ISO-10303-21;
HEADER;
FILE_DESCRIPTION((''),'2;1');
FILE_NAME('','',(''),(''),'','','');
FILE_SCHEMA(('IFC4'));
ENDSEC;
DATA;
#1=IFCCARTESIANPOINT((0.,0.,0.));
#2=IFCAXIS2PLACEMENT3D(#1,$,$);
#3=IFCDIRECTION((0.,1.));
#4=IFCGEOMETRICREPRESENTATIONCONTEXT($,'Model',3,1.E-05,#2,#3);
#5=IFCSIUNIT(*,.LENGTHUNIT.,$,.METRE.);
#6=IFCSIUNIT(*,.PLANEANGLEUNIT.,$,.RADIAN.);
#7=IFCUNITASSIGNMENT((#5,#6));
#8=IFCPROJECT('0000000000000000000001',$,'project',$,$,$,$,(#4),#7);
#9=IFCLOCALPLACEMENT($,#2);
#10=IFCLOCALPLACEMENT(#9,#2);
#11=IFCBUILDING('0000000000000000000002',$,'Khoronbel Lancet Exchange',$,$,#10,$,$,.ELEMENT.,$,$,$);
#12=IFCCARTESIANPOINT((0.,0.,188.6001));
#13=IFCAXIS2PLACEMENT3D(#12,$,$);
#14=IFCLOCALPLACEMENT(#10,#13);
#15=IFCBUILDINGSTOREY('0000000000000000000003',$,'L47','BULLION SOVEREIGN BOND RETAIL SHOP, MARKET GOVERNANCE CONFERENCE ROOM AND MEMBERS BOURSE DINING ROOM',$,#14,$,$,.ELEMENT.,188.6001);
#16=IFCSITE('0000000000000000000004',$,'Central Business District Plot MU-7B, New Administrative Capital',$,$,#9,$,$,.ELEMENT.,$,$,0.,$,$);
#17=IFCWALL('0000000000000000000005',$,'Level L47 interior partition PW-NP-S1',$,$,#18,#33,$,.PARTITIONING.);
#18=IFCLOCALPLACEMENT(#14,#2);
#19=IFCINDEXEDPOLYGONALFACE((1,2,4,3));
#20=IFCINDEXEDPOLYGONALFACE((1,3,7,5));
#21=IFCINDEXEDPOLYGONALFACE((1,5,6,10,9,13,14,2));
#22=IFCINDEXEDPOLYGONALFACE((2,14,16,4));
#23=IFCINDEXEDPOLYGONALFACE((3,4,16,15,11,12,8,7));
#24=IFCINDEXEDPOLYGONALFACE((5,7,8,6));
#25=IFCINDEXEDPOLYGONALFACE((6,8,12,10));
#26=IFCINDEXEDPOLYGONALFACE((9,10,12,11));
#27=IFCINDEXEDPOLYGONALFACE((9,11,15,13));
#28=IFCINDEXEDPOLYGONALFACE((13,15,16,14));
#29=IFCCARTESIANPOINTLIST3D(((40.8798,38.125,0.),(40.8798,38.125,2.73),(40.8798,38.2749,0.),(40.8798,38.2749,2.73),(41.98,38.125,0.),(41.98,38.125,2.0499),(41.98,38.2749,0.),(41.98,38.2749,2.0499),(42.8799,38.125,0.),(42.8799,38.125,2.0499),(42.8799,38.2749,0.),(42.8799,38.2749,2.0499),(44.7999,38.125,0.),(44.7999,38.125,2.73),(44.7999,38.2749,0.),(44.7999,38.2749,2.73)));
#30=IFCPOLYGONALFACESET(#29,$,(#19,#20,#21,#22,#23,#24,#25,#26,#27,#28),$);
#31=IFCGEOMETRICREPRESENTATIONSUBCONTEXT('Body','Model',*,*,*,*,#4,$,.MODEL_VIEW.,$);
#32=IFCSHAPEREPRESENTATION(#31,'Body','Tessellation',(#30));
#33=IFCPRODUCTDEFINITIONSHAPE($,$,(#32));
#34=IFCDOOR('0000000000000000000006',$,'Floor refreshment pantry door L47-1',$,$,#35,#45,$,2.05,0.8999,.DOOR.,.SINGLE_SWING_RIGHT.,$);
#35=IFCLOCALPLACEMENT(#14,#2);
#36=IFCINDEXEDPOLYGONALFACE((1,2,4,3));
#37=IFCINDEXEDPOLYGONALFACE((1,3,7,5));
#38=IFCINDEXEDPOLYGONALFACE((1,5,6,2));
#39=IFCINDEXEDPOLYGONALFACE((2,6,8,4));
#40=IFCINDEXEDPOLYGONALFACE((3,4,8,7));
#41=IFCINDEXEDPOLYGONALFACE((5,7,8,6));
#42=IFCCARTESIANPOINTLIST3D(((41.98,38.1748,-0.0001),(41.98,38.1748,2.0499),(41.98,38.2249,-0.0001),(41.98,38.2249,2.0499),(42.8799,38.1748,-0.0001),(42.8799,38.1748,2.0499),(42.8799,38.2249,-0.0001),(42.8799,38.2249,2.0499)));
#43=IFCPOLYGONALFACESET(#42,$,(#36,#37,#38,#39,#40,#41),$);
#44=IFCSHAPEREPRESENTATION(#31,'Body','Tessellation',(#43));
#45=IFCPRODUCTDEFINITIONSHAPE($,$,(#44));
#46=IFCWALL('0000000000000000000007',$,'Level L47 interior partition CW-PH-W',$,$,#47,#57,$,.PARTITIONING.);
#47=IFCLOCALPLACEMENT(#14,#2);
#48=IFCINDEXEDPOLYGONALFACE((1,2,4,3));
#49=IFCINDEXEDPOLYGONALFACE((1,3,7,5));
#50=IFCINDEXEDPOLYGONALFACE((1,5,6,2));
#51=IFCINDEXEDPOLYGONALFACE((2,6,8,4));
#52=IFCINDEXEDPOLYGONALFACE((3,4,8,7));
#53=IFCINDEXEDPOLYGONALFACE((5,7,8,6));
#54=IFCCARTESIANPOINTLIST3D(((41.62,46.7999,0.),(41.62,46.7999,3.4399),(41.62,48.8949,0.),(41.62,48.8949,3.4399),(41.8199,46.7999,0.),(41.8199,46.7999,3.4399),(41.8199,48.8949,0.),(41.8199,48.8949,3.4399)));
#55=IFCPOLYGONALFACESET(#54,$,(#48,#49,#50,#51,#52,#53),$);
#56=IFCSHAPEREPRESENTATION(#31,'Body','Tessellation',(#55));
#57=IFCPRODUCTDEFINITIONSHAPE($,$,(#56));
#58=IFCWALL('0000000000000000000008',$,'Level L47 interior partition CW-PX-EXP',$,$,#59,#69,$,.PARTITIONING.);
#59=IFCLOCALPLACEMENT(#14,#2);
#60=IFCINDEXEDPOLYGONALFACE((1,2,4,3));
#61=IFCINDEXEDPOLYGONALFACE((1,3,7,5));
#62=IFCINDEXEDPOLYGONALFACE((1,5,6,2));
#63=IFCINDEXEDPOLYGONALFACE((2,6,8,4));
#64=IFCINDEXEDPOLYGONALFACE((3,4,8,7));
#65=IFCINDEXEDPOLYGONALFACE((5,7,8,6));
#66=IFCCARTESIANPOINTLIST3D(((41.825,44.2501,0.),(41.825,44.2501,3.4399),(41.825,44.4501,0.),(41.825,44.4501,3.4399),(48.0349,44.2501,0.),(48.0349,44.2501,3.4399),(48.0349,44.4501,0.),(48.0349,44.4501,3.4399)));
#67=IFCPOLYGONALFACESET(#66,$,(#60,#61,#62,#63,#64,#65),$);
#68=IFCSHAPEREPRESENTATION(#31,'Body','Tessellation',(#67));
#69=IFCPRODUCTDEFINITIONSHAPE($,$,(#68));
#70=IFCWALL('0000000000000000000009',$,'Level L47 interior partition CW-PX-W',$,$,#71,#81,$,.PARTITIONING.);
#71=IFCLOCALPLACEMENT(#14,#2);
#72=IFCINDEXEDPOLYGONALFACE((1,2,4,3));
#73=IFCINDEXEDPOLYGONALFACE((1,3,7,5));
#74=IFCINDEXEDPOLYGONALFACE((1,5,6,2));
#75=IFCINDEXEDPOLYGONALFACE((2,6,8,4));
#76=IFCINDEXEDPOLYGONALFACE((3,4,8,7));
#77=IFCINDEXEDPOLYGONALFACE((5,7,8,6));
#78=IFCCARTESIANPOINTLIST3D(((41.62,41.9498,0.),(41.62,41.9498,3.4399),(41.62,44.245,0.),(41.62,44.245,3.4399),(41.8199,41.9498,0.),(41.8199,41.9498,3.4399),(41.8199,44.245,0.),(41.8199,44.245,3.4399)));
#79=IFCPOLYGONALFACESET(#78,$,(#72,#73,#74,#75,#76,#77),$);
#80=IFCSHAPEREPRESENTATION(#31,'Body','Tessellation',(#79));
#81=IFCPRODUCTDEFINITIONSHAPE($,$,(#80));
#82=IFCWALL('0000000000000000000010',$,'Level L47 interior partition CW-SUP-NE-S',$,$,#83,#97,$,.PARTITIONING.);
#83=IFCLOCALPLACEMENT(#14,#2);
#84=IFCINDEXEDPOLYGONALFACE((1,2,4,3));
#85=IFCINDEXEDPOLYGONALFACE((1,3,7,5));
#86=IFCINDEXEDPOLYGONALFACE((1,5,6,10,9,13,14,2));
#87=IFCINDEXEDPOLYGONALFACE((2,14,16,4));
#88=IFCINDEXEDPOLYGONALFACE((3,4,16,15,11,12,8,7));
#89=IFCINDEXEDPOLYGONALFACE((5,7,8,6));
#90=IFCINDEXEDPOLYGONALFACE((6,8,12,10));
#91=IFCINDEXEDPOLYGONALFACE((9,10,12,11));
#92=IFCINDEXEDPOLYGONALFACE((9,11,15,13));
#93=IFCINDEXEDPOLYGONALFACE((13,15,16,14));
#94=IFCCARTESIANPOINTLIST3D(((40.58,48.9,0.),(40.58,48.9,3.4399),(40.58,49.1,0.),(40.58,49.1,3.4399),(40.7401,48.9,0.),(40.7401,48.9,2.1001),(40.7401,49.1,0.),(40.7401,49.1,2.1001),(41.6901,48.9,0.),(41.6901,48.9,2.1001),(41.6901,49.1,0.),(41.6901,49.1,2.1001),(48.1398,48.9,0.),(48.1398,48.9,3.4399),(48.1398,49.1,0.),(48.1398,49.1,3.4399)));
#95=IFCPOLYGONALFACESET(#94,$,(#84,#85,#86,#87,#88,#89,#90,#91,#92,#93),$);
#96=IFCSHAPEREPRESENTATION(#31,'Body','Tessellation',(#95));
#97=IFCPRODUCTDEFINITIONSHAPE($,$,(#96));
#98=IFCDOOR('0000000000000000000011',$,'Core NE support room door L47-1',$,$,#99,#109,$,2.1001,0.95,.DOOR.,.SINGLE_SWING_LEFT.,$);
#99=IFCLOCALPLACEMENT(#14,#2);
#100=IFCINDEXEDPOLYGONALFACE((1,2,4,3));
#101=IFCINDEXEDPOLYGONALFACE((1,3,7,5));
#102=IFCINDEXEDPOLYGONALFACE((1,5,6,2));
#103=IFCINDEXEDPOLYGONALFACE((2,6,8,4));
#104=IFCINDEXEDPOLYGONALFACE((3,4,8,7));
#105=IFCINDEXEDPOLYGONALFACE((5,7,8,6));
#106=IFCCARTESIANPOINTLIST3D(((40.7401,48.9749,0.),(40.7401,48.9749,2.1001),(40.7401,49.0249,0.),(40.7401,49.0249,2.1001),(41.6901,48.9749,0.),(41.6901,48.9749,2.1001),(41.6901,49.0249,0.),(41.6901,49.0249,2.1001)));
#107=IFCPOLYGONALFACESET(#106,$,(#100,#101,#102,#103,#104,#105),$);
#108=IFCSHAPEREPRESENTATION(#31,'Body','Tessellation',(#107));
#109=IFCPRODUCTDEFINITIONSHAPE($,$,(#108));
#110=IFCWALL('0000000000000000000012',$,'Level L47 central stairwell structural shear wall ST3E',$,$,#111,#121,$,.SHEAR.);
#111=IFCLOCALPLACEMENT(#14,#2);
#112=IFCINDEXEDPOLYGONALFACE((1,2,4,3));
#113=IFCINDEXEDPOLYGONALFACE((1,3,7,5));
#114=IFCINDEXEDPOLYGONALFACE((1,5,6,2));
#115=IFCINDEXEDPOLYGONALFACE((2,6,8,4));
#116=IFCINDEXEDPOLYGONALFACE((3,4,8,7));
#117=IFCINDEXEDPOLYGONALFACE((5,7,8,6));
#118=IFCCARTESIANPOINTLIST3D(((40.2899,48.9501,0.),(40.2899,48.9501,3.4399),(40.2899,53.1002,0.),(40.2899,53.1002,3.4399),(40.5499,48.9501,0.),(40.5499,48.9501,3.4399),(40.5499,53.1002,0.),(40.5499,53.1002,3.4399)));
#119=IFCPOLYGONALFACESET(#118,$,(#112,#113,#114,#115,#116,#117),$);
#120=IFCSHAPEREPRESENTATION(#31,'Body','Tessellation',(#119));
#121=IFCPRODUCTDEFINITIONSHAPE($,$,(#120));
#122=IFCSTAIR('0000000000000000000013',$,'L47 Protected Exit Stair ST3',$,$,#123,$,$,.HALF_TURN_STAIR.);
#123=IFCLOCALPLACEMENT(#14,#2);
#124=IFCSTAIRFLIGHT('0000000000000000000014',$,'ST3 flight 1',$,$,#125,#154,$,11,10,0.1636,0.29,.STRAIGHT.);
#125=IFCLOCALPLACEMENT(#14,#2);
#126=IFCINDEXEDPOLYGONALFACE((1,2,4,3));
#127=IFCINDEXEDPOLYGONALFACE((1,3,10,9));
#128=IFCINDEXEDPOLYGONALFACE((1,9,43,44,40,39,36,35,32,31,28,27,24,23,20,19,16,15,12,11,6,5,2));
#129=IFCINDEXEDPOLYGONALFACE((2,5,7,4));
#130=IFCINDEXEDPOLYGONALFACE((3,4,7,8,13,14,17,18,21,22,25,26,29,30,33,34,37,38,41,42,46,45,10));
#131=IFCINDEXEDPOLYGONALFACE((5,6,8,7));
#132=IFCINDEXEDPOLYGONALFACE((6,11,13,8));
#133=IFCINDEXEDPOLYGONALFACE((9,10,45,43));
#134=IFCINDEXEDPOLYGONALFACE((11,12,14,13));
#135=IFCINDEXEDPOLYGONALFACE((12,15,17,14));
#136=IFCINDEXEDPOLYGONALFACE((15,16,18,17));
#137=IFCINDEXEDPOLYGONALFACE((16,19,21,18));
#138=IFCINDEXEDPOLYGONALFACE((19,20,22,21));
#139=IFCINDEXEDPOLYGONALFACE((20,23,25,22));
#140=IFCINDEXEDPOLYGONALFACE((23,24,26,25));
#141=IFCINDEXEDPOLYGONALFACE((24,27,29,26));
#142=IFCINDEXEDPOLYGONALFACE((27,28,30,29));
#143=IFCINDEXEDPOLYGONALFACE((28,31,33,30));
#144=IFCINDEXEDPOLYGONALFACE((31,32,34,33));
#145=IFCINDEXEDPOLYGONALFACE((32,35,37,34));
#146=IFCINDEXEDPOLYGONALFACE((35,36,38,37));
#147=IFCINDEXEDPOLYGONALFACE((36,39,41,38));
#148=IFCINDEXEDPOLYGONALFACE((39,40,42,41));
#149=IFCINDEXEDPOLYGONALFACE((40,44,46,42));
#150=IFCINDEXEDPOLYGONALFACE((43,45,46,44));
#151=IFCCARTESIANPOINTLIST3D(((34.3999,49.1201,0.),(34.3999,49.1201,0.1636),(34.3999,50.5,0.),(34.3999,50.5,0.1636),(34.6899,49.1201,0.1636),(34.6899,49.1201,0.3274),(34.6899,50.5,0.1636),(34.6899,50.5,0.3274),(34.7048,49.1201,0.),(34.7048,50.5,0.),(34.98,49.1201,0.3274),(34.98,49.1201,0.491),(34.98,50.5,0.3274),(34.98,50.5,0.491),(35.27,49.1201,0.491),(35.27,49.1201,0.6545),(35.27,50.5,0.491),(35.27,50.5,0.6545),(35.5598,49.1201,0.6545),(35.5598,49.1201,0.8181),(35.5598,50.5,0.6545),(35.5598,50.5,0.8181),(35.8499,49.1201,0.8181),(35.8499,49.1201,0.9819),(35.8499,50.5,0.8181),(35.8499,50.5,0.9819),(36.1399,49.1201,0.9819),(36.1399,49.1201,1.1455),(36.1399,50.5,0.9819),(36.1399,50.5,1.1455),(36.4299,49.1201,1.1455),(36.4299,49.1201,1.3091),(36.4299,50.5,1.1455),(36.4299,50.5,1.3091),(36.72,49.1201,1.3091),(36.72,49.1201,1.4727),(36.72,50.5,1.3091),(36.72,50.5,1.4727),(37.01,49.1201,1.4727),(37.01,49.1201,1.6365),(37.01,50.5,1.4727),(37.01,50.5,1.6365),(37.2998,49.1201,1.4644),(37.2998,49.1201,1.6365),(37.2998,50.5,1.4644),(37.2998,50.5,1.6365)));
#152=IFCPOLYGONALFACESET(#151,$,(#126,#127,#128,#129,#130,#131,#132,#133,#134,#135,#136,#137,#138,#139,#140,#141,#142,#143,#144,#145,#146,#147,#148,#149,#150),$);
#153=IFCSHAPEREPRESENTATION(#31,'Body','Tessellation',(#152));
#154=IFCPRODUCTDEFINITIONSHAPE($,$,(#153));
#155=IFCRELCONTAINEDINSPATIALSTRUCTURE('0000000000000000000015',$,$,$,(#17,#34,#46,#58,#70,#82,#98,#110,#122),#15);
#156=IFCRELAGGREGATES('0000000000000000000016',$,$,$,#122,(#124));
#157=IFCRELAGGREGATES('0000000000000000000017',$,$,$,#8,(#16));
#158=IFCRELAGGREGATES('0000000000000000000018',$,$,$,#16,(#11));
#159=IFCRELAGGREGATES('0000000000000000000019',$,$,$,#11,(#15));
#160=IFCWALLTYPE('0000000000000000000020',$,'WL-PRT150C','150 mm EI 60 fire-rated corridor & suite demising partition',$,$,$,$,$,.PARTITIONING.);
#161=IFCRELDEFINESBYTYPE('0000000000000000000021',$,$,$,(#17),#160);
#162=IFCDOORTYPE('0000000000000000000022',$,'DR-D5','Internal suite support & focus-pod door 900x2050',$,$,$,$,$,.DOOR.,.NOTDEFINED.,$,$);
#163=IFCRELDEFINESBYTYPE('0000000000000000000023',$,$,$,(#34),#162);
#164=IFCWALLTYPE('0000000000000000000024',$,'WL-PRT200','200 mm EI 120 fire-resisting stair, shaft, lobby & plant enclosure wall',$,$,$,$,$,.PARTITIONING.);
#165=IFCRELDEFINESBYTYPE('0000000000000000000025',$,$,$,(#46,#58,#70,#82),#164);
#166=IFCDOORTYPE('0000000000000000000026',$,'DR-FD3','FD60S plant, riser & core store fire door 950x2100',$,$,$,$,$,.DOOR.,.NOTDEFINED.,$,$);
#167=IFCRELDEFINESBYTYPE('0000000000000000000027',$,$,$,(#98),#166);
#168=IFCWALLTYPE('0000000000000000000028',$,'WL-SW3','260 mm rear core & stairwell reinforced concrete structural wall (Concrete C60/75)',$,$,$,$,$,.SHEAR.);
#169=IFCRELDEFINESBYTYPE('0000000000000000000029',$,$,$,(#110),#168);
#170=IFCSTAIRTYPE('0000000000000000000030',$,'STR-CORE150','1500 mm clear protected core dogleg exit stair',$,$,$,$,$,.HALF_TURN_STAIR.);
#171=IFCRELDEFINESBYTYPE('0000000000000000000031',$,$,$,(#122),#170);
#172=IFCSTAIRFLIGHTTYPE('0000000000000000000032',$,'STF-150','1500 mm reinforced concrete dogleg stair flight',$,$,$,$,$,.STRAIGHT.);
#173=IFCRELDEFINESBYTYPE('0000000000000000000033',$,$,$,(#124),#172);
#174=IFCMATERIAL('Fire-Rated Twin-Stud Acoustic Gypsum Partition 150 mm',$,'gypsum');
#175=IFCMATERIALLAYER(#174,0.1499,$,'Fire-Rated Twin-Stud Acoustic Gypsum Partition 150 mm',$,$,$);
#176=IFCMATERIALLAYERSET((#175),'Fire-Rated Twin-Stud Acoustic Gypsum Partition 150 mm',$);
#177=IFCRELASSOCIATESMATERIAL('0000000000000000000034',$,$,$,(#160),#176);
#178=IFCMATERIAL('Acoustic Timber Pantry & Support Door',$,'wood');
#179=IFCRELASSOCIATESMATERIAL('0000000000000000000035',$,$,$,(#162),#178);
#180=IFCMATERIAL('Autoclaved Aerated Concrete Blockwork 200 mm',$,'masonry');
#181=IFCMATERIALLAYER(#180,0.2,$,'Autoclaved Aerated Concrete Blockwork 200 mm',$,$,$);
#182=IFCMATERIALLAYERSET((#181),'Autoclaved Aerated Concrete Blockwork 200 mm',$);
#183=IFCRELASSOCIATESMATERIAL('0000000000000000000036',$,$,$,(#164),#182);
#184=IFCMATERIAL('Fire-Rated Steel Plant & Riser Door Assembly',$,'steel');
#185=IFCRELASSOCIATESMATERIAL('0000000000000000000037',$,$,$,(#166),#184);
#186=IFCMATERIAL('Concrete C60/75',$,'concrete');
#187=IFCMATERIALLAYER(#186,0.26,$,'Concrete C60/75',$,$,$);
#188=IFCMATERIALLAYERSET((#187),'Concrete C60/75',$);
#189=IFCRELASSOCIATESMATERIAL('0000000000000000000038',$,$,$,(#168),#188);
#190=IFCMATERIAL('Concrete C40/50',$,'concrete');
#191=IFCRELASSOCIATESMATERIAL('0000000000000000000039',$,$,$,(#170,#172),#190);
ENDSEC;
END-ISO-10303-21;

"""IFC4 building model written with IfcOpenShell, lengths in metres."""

from ifc_helpers import new_model, si_unit, direction, frame, frame_2d, origin, place, context, subcontext, project, spatial, polyline, rectangle, outline, extrude, material, layer, layer_set, type_object, element, fill, aggregate, save


model = new_model("IFC4")

# Units and contexts
model_context = context("Model", 3, precision=1e-05, world=origin(), true_north=direction((0.0, 1.0)))
body_context = subcontext(model_context, "Body", "Model", "MODEL_VIEW")
ifc_project = project(units=[si_unit("LENGTHUNIT", "METRE"), si_unit("PLANEANGLEUNIT", "RADIAN")], contexts=[model_context])

# Site, building, storey
site_placement = place(None, origin())
site = spatial("IfcSite", under=ifc_project, at=site_placement, Name="Central Business District Plot MU-7B, New Administrative Capital", CompositionType="ELEMENT", RefElevation=0.0)
building_placement = place(site_placement, origin())
building = spatial("IfcBuilding", under=site, at=building_placement, Name="Khoronbel Lancet Exchange", CompositionType="ELEMENT")
storey_placement = place(building_placement, frame((0.0, 0.0, 188.6001)))
storey = spatial("IfcBuildingStorey", under=building, at=storey_placement, Name="L47", Description="BULLION SOVEREIGN BOND RETAIL SHOP, MARKET GOVERNANCE CONFERENCE ROOM AND MEMBERS BOURSE DINING ROOM", CompositionType="ELEMENT", Elevation=188.6001)

# Shared definitions
ifc_material_1 = material(Name="Concrete C60/75", Category="concrete")

# Wall, opening, door
ifc_material_2 = material(Name="Fire-Rated Twin-Stud Acoustic Gypsum Partition 150 mm", Category="gypsum")
ifc_layer_1 = layer(ifc_material_2, 0.1499, Name="Fire-Rated Twin-Stud Acoustic Gypsum Partition 150 mm")
ifc_layer_set_1 = layer_set([ifc_layer_1], Name="Fire-Rated Twin-Stud Acoustic Gypsum Partition 150 mm")
wall_type_1 = type_object("IfcWallType", Name="WL-PRT150C", Description="150 mm EI 60 fire-rated corridor & suite demising partition", PredefinedType="PARTITIONING", material=ifc_layer_set_1)
wall_1_placement = place(storey_placement, frame((40.8799, 38.2, 0.0), z_axis=(0.0, 0.0, 1.0), x_axis=(1.0, 0.0, 0.0)))
wall_1 = element("IfcWall", 1, at=wall_1_placement, inside=storey, type_object=wall_type_1, Name="Level L47 interior partition PW-NP-S1", PredefinedType="PARTITIONING", context=body_context, shape_type="SweptSolid", body=[
    extrude(rectangle(XDim=3.9202, YDim=0.1499, at=frame_2d((1.96, 0.0))), origin(), (0.0, 0.0, 1.0), 2.73),
])
opening_1_placement = place(wall_1_placement, frame((1.1001, 0.0, 0.0)))
opening_1 = element("IfcOpeningElement", 2, at=opening_1_placement, cuts=wall_1, PredefinedType="OPENING", context=body_context, shape_type="SweptSolid", body=[
    extrude(rectangle(XDim=0.8999, YDim=2.05, at=frame_2d((0.45, 1.0249))), frame((0.0, 0.085, 0.0), z_axis=(0.0, -1.0, 0.0), x_axis=(1.0, 0.0, 0.0)), (0.0, 0.0, 1.0), 0.1699),
])
ifc_material_3 = material(Name="Acoustic Timber Pantry & Support Door", Category="wood")
door_type_1 = type_object("IfcDoorType", Name="DR-D5", Description="Internal suite support & focus-pod door 900x2050", OperationType="NOTDEFINED", PredefinedType="DOOR", material=ifc_material_3)
door_1_placement = place(opening_1_placement, origin())
door_1 = element("IfcDoor", 3, at=door_1_placement, inside=storey, type_object=door_type_1, Name="Floor refreshment pantry door L47-1", OperationType="SINGLE_SWING_RIGHT", OverallHeight=2.05, OverallWidth=0.8999, PredefinedType="DOOR", context=body_context, shape_type="SweptSolid", body=[
    extrude(rectangle(XDim=0.8999, YDim=2.05, at=frame_2d((0.45, 1.0249))), frame((0.0, 0.0249, 0.0), z_axis=(0.0, -1.0, 0.0), x_axis=(1.0, 0.0, 0.0)), (0.0, 0.0, 1.0), 0.05),
])
fill(opening_1, door_1)

# Walls
ifc_material_4 = material(Name="Autoclaved Aerated Concrete Blockwork 200 mm", Category="masonry")
ifc_layer_2 = layer(ifc_material_4, 0.2, Name="Autoclaved Aerated Concrete Blockwork 200 mm")
ifc_layer_set_2 = layer_set([ifc_layer_2], Name="Autoclaved Aerated Concrete Blockwork 200 mm")
wall_type_2 = type_object("IfcWallType", Name="WL-PRT200", Description="200 mm EI 120 fire-resisting stair, shaft, lobby & plant enclosure wall", PredefinedType="PARTITIONING", material=ifc_layer_set_2)
wall_2_placement = place(storey_placement, frame((41.72, 46.8, 0.0), z_axis=(0.0, 0.0, 1.0), x_axis=(0.0, 1.0, 0.0)))
element("IfcWall", 4, at=wall_2_placement, inside=storey, type_object=wall_type_2, Name="Level L47 interior partition CW-PH-W", PredefinedType="PARTITIONING", context=body_context, shape_type="SweptSolid", body=[
    extrude(rectangle(XDim=2.095, YDim=0.2, at=frame_2d((1.0474, 0.0))), origin(), (0.0, 0.0, 1.0), 3.4399),
])
wall_3_placement = place(storey_placement, frame((41.825, 44.3501, 0.0), z_axis=(0.0, 0.0, 1.0), x_axis=(1.0, 0.0, 0.0)))
element("IfcWall", 5, at=wall_3_placement, inside=storey, type_object=wall_type_2, Name="Level L47 interior partition CW-PX-EXP", PredefinedType="PARTITIONING", context=body_context, shape_type="SweptSolid", body=[
    extrude(rectangle(XDim=6.21, YDim=0.2, at=frame_2d((3.105, 0.0))), origin(), (0.0, 0.0, 1.0), 3.4399),
])
wall_4_placement = place(storey_placement, frame((41.72, 41.95, 0.0), z_axis=(0.0, 0.0, 1.0), x_axis=(0.0, 1.0, 0.0)))
element("IfcWall", 6, at=wall_4_placement, inside=storey, type_object=wall_type_2, Name="Level L47 interior partition CW-PX-W", PredefinedType="PARTITIONING", context=body_context, shape_type="SweptSolid", body=[
    extrude(rectangle(XDim=2.2952, YDim=0.2, at=frame_2d((1.1475, 0.0))), origin(), (0.0, 0.0, 1.0), 3.4399),
])

# Wall, opening, door
wall_5_placement = place(storey_placement, frame((40.5801, 49.0, 0.0), z_axis=(0.0, 0.0, 1.0), x_axis=(1.0, 0.0, 0.0)))
wall_5 = element("IfcWall", 7, at=wall_5_placement, inside=storey, type_object=wall_type_2, Name="Level L47 interior partition CW-SUP-NE-S", PredefinedType="PARTITIONING", context=body_context, shape_type="SweptSolid", body=[
    extrude(rectangle(XDim=7.5598, YDim=0.2, at=frame_2d((3.7798, 0.0))), origin(), (0.0, 0.0, 1.0), 3.4399),
])
opening_2_placement = place(wall_5_placement, frame((0.1599, 0.0, 0.0)))
opening_2 = element("IfcOpeningElement", 8, at=opening_2_placement, cuts=wall_5, PredefinedType="OPENING", context=body_context, shape_type="SweptSolid", body=[
    extrude(rectangle(XDim=0.95, YDim=2.1001, at=frame_2d((0.4751, 1.05))), frame((0.0, 0.1099, 0.0), z_axis=(0.0, -1.0, 0.0), x_axis=(1.0, 0.0, 0.0)), (0.0, 0.0, 1.0), 0.22),
])
ifc_material_5 = material(Name="Fire-Rated Steel Plant & Riser Door Assembly", Category="steel")
door_type_2 = type_object("IfcDoorType", Name="DR-FD3", Description="FD60S plant, riser & core store fire door 950x2100", OperationType="NOTDEFINED", PredefinedType="DOOR", material=ifc_material_5)
door_2_placement = place(opening_2_placement, origin())
door_2 = element("IfcDoor", 9, at=door_2_placement, inside=storey, type_object=door_type_2, Name="Core NE support room door L47-1", OperationType="SINGLE_SWING_LEFT", OverallHeight=2.1001, OverallWidth=0.95, PredefinedType="DOOR", context=body_context, shape_type="SweptSolid", body=[
    extrude(rectangle(XDim=0.95, YDim=2.1001, at=frame_2d((0.4751, 1.05))), frame((0.0, 0.0249, 0.0), z_axis=(0.0, -1.0, 0.0), x_axis=(1.0, 0.0, 0.0)), (0.0, 0.0, 1.0), 0.05),
])
fill(opening_2, door_2)

# Wall
ifc_layer_3 = layer(ifc_material_1, 0.26, Name="Concrete C60/75")
ifc_layer_set_3 = layer_set([ifc_layer_3], Name="Concrete C60/75")
wall_type_3 = type_object("IfcWallType", Name="WL-SW3", Description="260 mm rear core & stairwell reinforced concrete structural wall (Concrete C60/75)", PredefinedType="SHEAR", material=ifc_layer_set_3)
wall_6_placement = place(storey_placement, frame((40.4199, 48.95, 0.0), z_axis=(0.0, 0.0, 1.0), x_axis=(0.0, 1.0, 0.0)))
element("IfcWall", 10, at=wall_6_placement, inside=storey, type_object=wall_type_3, Name="Level L47 central stairwell structural shear wall ST3E", PredefinedType="SHEAR", context=body_context, shape_type="SweptSolid", body=[
    extrude(rectangle(XDim=4.1501, YDim=0.26, at=frame_2d((2.0752, 0.0))), origin(), (0.0, 0.0, 1.0), 3.4399),
])

# Stair, stair flight
ifc_material_6 = material(Name="Concrete C40/50", Category="concrete")
stair_type = type_object("IfcStairType", Name="STR-CORE150", Description="1500 mm clear protected core dogleg exit stair", PredefinedType="HALF_TURN_STAIR", material=ifc_material_6)
stair_placement = place(storey_placement, origin())
stair = element("IfcStair", 11, at=stair_placement, inside=storey, type_object=stair_type, Name="L47 Protected Exit Stair ST3", PredefinedType="HALF_TURN_STAIR")
stair_flight_type = type_object("IfcStairFlightType", Name="STF-150", Description="1500 mm reinforced concrete dogleg stair flight", PredefinedType="STRAIGHT", material=ifc_material_6)
stair_flight_1_placement = place(storey_placement, frame((34.3999, 49.8101, 0.0), z_axis=(0.0, 0.0, 1.0), x_axis=(1.0, 0.0, 0.0)))
stair_flight_1 = element("IfcStairFlight", 12, at=stair_flight_1_placement, type_object=stair_flight_type, Name="ST3 flight 1", NumberOfRisers=11, NumberOfTreads=10, PredefinedType="STRAIGHT", RiserHeight=0.1636, TreadLength=0.29, context=body_context, shape_type="SweptSolid", body=[
    extrude(outline(polyline([(0.0, 0.0), (0.0, 0.1636), (0.29, 0.1636), (0.29, 0.3274), (0.5801, 0.3274), (0.5801, 0.491), (0.8701, 0.491), (0.8701, 0.6545), (1.1599, 0.6545), (1.1599, 0.8181), (1.45, 0.8181), (1.45, 0.9819), (1.74, 0.9819), (1.74, 1.1455), (2.03, 1.1455), (2.03, 1.3091), (2.3201, 1.3091), (2.3201, 1.4727), (2.6101, 1.4727), (2.6101, 1.6365), (2.8999, 1.6365), (2.8999, 1.8), (2.8999, 1.4644), (0.3049, 0.0), (0.0, 0.0)])), frame((0.0, 0.6899, 0.0), z_axis=(0.0, -1.0, 0.0), x_axis=(1.0, 0.0, 0.0)), (0.0, 0.0, 1.0), 1.3799),
])
aggregate(stair, [stair_flight_1])

save(model, "model.ifc")
